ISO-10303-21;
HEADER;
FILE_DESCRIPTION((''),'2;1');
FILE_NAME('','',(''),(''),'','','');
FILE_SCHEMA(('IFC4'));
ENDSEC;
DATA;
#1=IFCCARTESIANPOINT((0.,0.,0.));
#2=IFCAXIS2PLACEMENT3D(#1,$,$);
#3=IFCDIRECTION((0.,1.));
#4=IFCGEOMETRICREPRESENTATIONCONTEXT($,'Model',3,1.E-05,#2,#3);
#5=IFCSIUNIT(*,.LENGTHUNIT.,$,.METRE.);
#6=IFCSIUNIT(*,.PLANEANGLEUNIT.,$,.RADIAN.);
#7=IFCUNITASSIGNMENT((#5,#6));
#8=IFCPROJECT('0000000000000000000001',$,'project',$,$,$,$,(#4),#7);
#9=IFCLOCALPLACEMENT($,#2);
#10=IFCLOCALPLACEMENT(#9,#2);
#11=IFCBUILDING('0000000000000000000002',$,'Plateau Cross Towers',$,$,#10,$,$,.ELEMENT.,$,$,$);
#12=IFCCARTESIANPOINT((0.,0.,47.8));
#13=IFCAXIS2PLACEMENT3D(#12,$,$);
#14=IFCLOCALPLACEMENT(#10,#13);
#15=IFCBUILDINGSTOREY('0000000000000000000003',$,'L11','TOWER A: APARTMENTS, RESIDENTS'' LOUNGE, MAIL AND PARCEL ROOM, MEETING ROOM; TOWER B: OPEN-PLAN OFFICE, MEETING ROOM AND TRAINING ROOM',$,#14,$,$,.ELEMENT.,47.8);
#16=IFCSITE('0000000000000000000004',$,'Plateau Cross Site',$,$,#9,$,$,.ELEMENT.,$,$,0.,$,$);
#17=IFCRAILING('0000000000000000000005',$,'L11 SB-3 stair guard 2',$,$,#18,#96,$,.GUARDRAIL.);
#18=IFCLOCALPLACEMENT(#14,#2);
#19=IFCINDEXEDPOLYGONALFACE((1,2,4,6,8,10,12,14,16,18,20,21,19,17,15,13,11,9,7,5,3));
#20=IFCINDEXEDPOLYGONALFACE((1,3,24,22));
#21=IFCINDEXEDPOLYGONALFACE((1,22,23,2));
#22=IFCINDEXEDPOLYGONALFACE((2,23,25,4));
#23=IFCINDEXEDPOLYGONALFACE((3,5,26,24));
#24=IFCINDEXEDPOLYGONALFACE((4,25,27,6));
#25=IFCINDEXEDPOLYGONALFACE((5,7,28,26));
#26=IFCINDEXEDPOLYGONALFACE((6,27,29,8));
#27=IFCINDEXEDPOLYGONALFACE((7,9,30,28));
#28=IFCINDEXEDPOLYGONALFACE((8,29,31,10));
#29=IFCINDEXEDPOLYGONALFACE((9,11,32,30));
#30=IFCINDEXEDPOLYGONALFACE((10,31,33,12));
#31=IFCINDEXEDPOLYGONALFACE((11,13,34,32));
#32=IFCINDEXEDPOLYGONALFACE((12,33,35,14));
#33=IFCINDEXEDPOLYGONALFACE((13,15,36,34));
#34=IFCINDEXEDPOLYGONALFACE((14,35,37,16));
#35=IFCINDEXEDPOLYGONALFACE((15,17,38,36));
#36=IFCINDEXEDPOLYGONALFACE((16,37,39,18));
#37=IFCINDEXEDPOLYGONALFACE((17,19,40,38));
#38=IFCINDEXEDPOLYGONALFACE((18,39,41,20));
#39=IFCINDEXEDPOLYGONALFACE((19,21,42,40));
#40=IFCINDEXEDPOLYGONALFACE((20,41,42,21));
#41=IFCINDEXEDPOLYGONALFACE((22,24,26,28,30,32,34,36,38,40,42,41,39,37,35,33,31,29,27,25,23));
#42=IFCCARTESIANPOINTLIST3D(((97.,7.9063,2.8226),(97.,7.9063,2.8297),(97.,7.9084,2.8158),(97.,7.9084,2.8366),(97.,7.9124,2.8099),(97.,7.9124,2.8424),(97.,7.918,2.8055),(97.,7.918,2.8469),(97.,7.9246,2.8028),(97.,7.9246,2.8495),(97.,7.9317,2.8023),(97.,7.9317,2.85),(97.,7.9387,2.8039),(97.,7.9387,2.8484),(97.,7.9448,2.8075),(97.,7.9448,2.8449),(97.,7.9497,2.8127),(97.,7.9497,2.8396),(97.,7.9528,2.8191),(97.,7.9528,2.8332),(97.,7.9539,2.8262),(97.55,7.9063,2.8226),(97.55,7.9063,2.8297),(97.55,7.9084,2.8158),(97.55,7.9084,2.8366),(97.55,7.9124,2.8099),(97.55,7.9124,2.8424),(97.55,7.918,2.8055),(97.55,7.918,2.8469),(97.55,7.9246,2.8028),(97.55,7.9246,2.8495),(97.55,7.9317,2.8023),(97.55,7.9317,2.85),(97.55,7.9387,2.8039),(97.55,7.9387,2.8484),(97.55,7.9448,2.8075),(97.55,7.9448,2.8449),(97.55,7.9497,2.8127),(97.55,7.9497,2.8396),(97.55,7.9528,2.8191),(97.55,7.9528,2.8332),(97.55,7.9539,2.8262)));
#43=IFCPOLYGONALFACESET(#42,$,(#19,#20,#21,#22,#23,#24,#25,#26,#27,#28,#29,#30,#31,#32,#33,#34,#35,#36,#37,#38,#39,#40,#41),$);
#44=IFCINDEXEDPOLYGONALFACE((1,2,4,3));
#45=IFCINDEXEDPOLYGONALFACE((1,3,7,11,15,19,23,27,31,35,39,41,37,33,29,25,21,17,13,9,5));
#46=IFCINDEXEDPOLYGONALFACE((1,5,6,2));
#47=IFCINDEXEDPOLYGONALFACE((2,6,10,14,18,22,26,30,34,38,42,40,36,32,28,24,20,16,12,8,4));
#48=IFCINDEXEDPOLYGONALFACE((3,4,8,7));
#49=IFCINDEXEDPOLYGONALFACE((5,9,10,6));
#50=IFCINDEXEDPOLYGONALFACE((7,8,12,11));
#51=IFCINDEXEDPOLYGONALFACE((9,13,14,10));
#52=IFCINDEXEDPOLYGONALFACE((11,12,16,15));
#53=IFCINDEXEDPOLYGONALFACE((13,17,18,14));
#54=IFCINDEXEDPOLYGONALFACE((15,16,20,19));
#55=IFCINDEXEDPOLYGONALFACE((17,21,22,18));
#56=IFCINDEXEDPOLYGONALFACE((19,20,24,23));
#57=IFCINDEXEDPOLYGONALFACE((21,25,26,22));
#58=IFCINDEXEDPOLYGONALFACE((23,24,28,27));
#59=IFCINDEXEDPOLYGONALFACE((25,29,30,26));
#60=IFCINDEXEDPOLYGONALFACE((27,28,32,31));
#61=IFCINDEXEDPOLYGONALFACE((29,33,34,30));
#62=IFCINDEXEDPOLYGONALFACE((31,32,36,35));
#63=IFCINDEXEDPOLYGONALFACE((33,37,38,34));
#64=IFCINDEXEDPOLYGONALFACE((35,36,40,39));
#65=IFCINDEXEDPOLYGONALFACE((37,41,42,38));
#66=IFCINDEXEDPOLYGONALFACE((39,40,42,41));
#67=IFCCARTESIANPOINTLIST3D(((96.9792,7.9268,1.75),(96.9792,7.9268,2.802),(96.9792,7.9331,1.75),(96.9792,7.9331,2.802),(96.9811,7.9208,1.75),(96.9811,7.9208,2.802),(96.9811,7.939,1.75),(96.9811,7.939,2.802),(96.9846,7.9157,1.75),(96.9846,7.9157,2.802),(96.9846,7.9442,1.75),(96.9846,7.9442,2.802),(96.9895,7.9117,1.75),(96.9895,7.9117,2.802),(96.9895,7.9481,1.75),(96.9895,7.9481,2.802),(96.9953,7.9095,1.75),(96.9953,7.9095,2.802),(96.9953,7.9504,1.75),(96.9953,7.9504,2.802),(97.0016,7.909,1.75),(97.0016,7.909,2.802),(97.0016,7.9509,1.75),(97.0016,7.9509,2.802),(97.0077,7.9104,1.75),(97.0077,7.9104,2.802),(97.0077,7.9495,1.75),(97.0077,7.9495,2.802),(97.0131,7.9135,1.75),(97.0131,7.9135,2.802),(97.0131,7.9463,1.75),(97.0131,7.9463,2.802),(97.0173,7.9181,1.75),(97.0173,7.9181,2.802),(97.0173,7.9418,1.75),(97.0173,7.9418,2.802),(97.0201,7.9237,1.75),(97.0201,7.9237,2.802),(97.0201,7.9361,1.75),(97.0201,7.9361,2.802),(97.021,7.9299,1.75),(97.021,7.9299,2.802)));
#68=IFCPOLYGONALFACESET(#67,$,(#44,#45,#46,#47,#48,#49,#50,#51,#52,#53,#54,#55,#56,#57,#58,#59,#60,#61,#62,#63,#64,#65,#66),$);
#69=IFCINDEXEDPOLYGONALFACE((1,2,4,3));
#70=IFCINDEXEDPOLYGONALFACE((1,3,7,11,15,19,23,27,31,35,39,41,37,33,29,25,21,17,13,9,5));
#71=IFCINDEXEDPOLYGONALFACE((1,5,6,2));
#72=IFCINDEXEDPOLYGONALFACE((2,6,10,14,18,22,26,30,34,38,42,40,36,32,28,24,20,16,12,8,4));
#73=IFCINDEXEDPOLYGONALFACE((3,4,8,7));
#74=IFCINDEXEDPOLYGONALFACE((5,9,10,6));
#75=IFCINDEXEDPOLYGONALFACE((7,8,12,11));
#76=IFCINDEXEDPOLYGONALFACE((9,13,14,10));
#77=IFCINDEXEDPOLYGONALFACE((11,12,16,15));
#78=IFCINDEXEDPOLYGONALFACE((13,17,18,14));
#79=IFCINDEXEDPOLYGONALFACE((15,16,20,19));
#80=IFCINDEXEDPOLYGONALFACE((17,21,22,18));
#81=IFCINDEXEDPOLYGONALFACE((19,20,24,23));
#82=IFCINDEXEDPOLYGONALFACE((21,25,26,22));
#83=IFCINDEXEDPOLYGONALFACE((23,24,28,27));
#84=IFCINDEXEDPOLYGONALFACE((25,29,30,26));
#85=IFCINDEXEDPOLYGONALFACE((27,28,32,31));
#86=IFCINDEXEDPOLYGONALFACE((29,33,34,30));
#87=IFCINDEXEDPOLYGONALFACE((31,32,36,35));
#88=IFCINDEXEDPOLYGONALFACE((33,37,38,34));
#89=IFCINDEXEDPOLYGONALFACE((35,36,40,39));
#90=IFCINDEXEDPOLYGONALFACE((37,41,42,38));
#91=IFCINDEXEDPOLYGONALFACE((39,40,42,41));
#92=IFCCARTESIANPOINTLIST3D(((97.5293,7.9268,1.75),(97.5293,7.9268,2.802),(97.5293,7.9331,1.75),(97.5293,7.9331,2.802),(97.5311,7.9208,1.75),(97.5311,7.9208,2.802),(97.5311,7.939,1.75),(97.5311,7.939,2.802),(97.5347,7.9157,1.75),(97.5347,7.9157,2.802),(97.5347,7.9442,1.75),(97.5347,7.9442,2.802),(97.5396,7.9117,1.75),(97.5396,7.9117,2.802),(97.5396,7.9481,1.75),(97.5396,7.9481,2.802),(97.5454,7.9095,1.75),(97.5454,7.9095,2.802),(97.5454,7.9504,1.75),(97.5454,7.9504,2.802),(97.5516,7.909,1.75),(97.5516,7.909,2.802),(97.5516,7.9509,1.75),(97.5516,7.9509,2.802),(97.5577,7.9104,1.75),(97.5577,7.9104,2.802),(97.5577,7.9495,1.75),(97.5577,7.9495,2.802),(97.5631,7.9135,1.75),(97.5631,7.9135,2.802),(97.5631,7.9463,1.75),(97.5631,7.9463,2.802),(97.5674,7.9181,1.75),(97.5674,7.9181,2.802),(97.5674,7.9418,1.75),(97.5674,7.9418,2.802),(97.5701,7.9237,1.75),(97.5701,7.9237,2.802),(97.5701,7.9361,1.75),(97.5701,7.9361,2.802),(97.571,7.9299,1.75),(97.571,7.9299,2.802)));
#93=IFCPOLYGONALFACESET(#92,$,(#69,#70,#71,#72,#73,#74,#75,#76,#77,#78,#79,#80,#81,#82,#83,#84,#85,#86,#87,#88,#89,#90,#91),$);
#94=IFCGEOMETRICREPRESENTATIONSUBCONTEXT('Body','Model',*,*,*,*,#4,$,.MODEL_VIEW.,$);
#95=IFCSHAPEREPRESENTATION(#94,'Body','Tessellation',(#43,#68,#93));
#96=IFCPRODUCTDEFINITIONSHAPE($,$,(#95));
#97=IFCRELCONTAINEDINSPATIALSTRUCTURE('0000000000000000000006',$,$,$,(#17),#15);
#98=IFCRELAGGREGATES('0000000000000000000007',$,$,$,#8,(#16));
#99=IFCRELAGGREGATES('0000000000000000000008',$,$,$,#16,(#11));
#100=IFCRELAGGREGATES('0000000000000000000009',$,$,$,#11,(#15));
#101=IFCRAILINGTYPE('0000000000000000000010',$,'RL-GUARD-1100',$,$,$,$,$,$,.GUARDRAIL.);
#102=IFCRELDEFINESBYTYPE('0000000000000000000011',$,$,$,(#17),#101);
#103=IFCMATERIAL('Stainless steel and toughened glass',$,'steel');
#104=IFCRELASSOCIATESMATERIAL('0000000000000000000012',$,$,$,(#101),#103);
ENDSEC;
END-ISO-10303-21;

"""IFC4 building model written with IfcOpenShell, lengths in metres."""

from ifc_helpers import new_model, si_unit, direction, frame, origin, origin_2d, place, context, subcontext, project, spatial, circle, extrude, material, type_object, element, save


model = new_model("IFC4")

# Units and contexts
model_context = context("Model", 3, precision=1e-05, world=origin(), true_north=direction((0.0, 1.0)))
body_context = subcontext(model_context, "Body", "Model", "MODEL_VIEW")
ifc_project = project(units=[si_unit("LENGTHUNIT", "METRE"), si_unit("PLANEANGLEUNIT", "RADIAN")], contexts=[model_context])

# Site, building, storey
site_placement = place(None, origin())
site = spatial("IfcSite", under=ifc_project, at=site_placement, Name="Plateau Cross Site", CompositionType="ELEMENT", RefElevation=0.0)
building_placement = place(site_placement, origin())
building = spatial("IfcBuilding", under=site, at=building_placement, Name="Plateau Cross Towers", CompositionType="ELEMENT")
storey_placement = place(building_placement, frame((0.0, 0.0, 47.8)))
storey = spatial("IfcBuildingStorey", under=building, at=storey_placement, Name="L11", Description="TOWER A: APARTMENTS, RESIDENTS' LOUNGE, MAIL AND PARCEL ROOM, MEETING ROOM; TOWER B: OPEN-PLAN OFFICE, MEETING ROOM AND TRAINING ROOM", CompositionType="ELEMENT", Elevation=47.8)

# Railing
ifc_material_1 = material(Name="Stainless steel and toughened glass", Category="steel")
railing_type_1 = type_object("IfcRailingType", Name="RL-GUARD-1100", PredefinedType="GUARDRAIL", material=ifc_material_1)
railing_1_placement = place(storey_placement, frame((97.0, 7.9299, 1.75)))
element("IfcRailing", 1, at=railing_1_placement, inside=storey, type_object=railing_type_1, Name="L11 SB-3 stair guard 2", PredefinedType="GUARDRAIL", context=body_context, shape_type="SweptSolid", body=[
    extrude(circle(Radius=0.0239, at=origin_2d()), frame((0.0, 0.0, 1.0762), z_axis=(1.0, 0.0, 0.0), x_axis=(0.0, 1.0, 0.0)), (0.0, 0.0, 1.0), 0.55),
    extrude(circle(Radius=0.021, at=origin_2d()), origin(), (0.0, 0.0, 1.0), 1.052),
    extrude(circle(Radius=0.021, at=origin_2d()), frame((0.55, 0.0, 0.0)), (0.0, 0.0, 1.0), 1.052),
])

save(model, "model.ifc")
